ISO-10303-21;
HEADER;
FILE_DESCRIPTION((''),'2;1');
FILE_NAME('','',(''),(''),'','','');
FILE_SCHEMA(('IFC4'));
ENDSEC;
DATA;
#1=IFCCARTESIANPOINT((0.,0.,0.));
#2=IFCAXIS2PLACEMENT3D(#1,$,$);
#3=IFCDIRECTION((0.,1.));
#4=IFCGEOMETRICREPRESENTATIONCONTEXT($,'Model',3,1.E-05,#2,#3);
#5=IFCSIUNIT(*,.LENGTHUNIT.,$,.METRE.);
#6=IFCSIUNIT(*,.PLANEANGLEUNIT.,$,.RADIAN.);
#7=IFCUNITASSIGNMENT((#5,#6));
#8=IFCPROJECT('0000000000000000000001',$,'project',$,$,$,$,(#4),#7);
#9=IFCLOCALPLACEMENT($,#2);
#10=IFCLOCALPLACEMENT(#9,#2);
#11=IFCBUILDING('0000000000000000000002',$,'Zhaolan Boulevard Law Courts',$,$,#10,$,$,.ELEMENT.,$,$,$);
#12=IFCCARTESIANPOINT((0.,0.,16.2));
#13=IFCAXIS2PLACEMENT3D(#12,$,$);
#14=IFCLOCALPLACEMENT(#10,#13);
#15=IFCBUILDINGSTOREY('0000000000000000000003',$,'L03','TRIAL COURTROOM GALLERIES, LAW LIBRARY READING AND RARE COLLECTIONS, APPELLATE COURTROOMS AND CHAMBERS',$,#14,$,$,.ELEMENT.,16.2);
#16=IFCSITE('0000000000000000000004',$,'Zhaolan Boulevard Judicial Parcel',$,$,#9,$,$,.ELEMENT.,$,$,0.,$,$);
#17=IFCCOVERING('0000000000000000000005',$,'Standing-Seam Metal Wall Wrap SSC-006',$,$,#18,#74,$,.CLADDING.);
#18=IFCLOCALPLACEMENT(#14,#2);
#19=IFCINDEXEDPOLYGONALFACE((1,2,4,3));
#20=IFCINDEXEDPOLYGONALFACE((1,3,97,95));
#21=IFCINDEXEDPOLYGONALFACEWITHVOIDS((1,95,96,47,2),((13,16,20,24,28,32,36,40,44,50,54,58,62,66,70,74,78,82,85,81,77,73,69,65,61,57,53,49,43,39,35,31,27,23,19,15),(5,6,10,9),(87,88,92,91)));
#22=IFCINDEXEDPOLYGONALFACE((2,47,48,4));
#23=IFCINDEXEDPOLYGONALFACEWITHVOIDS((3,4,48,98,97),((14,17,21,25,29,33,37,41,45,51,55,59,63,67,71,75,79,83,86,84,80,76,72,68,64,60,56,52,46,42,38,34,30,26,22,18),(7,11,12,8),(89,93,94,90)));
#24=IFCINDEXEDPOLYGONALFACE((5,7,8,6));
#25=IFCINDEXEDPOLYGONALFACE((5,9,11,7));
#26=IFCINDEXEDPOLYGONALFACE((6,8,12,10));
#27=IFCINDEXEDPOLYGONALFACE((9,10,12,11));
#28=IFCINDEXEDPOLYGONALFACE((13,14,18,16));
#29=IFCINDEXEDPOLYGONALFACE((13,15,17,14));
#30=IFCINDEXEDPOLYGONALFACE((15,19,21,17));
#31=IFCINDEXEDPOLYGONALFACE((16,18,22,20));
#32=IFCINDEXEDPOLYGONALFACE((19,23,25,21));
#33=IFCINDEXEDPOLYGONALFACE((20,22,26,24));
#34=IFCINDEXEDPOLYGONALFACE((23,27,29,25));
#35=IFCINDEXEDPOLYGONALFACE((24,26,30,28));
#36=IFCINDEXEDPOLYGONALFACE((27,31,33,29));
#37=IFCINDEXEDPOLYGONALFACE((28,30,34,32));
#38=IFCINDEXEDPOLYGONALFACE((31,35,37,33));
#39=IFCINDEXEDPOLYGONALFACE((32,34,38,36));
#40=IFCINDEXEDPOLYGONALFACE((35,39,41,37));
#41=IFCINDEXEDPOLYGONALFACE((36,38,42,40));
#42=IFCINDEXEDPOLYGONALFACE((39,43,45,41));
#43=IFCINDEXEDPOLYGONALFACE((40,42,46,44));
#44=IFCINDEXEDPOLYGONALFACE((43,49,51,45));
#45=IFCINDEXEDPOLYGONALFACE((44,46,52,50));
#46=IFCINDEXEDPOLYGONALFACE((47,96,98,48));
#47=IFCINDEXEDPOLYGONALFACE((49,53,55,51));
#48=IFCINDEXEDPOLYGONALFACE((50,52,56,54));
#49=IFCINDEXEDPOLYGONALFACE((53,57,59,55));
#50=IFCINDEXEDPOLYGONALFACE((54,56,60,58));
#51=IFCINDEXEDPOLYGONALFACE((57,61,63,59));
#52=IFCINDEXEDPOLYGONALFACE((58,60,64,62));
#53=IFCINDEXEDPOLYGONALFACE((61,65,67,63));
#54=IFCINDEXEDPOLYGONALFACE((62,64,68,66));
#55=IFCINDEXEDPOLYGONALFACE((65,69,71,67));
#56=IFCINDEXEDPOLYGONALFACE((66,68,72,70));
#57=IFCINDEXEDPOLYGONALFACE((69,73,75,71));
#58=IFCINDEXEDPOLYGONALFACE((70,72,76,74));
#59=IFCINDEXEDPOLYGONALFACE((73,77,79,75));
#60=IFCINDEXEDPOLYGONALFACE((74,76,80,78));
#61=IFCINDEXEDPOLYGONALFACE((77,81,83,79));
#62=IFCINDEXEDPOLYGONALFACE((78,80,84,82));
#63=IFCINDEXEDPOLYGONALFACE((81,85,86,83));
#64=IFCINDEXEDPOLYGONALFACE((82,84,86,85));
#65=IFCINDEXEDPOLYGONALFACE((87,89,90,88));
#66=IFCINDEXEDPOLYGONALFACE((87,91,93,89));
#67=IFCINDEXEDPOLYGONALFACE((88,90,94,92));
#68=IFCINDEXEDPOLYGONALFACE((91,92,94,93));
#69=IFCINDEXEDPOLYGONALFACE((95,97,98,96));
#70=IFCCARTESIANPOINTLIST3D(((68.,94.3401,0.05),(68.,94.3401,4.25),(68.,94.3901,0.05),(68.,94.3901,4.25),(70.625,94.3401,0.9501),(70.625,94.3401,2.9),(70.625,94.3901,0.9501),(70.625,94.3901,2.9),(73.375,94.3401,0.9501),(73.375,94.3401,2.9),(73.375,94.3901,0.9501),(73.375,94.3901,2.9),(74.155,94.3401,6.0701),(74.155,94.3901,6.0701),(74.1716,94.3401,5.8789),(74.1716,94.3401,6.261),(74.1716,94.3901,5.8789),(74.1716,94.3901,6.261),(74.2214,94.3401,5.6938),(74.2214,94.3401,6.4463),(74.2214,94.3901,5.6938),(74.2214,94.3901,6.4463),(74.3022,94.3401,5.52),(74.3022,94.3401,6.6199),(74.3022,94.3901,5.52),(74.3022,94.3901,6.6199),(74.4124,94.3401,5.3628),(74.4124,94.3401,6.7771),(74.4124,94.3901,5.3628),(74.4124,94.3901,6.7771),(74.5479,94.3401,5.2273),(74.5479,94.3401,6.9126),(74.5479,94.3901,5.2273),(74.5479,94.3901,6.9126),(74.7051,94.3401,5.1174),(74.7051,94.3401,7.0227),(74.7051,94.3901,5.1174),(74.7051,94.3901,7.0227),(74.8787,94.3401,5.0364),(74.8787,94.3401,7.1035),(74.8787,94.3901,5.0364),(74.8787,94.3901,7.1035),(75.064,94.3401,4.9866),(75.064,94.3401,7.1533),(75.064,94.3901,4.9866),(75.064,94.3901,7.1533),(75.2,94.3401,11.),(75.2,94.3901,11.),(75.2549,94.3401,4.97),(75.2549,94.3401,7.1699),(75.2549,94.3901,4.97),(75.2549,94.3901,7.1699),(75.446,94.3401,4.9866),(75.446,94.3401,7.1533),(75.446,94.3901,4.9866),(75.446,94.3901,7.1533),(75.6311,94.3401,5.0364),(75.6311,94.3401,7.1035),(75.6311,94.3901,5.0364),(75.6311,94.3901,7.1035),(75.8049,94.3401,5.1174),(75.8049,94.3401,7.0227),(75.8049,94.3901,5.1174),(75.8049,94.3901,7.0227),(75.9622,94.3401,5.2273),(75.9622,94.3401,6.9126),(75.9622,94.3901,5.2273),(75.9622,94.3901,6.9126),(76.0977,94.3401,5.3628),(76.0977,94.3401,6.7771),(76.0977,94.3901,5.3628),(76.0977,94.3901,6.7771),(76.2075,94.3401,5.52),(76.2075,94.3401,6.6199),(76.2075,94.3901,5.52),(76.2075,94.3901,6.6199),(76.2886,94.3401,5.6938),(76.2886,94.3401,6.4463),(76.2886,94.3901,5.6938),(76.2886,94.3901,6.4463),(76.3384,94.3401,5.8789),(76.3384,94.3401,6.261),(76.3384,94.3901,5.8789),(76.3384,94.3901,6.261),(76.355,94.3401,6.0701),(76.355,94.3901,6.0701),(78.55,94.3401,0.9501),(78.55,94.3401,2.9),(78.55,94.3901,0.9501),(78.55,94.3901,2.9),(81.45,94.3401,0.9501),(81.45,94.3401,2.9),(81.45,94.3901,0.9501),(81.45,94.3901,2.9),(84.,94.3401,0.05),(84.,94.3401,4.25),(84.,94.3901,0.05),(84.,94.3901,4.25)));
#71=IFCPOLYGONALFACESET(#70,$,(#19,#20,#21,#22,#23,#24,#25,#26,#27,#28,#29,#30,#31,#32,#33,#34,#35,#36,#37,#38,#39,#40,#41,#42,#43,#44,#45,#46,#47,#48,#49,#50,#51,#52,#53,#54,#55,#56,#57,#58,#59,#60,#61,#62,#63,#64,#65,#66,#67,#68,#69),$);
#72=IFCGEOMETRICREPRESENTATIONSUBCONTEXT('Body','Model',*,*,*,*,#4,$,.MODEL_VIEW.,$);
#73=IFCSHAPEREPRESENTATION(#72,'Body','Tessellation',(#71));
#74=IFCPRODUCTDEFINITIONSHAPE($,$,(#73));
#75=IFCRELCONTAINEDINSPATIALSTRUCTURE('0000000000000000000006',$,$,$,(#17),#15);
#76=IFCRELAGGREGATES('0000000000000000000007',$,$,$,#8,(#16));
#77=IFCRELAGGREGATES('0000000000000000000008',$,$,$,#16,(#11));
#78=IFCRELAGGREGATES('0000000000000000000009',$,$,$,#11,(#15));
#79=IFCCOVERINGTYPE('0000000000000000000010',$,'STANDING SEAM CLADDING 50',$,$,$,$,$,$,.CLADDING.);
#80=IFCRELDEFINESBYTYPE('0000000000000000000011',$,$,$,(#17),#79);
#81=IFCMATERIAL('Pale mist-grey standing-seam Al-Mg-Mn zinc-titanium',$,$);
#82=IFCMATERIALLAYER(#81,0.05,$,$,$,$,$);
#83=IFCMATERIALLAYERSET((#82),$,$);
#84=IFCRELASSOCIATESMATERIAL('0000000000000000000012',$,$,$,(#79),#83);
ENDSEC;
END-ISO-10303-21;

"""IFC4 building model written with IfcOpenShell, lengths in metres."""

from ifc_helpers import new_model, si_unit, direction, frame, frame_2d, origin, place, context, subcontext, project, spatial, polyline, rectangle, outline, extrude, material, layer, layer_set, type_object, element, save


model = new_model("IFC4")

# Units and contexts
model_context = context("Model", 3, precision=1e-05, world=origin(), true_north=direction((0.0, 1.0)))
body_context = subcontext(model_context, "Body", "Model", "MODEL_VIEW")
ifc_project = project(units=[si_unit("LENGTHUNIT", "METRE"), si_unit("PLANEANGLEUNIT", "RADIAN")], contexts=[model_context])

# Site, building, storey
site_placement = place(None, origin())
site = spatial("IfcSite", under=ifc_project, at=site_placement, Name="Zhaolan Boulevard Judicial Parcel", CompositionType="ELEMENT", RefElevation=0.0)
building_placement = place(site_placement, origin())
building = spatial("IfcBuilding", under=site, at=building_placement, Name="Zhaolan Boulevard Law Courts", CompositionType="ELEMENT")
storey_placement = place(building_placement, frame((0.0, 0.0, 16.2)))
storey = spatial("IfcBuildingStorey", under=building, at=storey_placement, Name="L03", Description="TRIAL COURTROOM GALLERIES, LAW LIBRARY READING AND RARE COLLECTIONS, APPELLATE COURTROOMS AND CHAMBERS", CompositionType="ELEMENT", Elevation=16.2)

# Covering, openings
ifc_material_1 = material(Name="Pale mist-grey standing-seam Al-Mg-Mn zinc-titanium")
ifc_layer_1 = layer(ifc_material_1, 0.05)
ifc_layer_set_1 = layer_set([ifc_layer_1])
covering_type = type_object("IfcCoveringType", Name="STANDING SEAM CLADDING 50", PredefinedType="CLADDING", material=ifc_layer_set_1)
covering_placement = place(storey_placement, frame((84.0, 94.365, 0.05), z_axis=(0.0, 0.0, 1.0), x_axis=(-1.0, 0.0, 0.0)))
covering = element("IfcCovering", 1, at=covering_placement, inside=storey, type_object=covering_type, Name="Standing-Seam Metal Wall Wrap SSC-006", PredefinedType="CLADDING", context=body_context, shape_type="SweptSolid", body=[
    extrude(outline(polyline([(0.0, 0.0), (16.0, 0.0), (16.0, 4.2), (8.8, 10.95), (0.0, 4.2), (0.0, 0.0)])), frame((0.0, 0.0249, 0.0), z_axis=(0.0, -1.0, 0.0), x_axis=(1.0, 0.0, 0.0)), (0.0, 0.0, 1.0), 0.05),
])
opening_1_placement = place(storey_placement, frame((73.375, 94.365, 0.95), z_axis=(0.0, 0.0, 1.0), x_axis=(-1.0, 0.0, 0.0)))
element("IfcOpeningElement", 2, at=opening_1_placement, cuts=covering, PredefinedType="OPENING", context=body_context, shape_type="SweptSolid", body=[
    extrude(rectangle(XDim=2.75, YDim=1.95, at=frame_2d((1.375, 0.9751))), frame((0.0, 0.1499, 0.0), z_axis=(0.0, -1.0, 0.0), x_axis=(1.0, 0.0, 0.0)), (0.0, 0.0, 1.0), 0.3),
])
opening_2_placement = place(storey_placement, frame((81.45, 94.365, 0.95), z_axis=(0.0, 0.0, 1.0), x_axis=(-1.0, 0.0, 0.0)))
element("IfcOpeningElement", 3, at=opening_2_placement, cuts=covering, PredefinedType="OPENING", context=body_context, shape_type="SweptSolid", body=[
    extrude(rectangle(XDim=2.8999, YDim=1.95, at=frame_2d((1.45, 0.9751))), frame((0.0, 0.1499, 0.0), z_axis=(0.0, -1.0, 0.0), x_axis=(1.0, 0.0, 0.0)), (0.0, 0.0, 1.0), 0.3),
])
opening_3_placement = place(storey_placement, frame((76.355, 94.365, 4.97), z_axis=(0.0, 0.0, 1.0), x_axis=(-1.0, 0.0, 0.0)))
element("IfcOpeningElement", 4, at=opening_3_placement, cuts=covering, PredefinedType="OPENING", context=body_context, shape_type="SweptSolid", body=[
    extrude(outline(polyline([(2.2, 1.1001), (2.1833, 1.291), (2.1335, 1.4763), (2.0527, 1.6499), (1.9426, 1.8071), (1.8071, 1.9426), (1.6499, 2.0527), (1.4763, 2.1335), (1.291, 2.1833), (1.1001, 2.2), (0.9089, 2.1833), (0.7239, 2.1335), (0.55, 2.0527), (0.3928, 1.9426), (0.2573, 1.8071), (0.1475, 1.6499), (0.0664, 1.4763), (0.0166, 1.291), (0.0, 1.1001), (0.0166, 0.9089), (0.0664, 0.7239), (0.1475, 0.55), (0.2573, 0.3928), (0.3928, 0.2573), (0.55, 0.1475), (0.7239, 0.0664), (0.9089, 0.0166), (1.1001, 0.0), (1.291, 0.0166), (1.4763, 0.0664), (1.6499, 0.1475), (1.8071, 0.2573), (1.9426, 0.3928), (2.0527, 0.55), (2.1335, 0.7239), (2.1833, 0.9089), (2.2, 1.1001)])), frame((0.0, 0.1499, 0.0), z_axis=(0.0, -1.0, 0.0), x_axis=(1.0, 0.0, 0.0)), (0.0, 0.0, 1.0), 0.3),
])

save(model, "model.ifc")
